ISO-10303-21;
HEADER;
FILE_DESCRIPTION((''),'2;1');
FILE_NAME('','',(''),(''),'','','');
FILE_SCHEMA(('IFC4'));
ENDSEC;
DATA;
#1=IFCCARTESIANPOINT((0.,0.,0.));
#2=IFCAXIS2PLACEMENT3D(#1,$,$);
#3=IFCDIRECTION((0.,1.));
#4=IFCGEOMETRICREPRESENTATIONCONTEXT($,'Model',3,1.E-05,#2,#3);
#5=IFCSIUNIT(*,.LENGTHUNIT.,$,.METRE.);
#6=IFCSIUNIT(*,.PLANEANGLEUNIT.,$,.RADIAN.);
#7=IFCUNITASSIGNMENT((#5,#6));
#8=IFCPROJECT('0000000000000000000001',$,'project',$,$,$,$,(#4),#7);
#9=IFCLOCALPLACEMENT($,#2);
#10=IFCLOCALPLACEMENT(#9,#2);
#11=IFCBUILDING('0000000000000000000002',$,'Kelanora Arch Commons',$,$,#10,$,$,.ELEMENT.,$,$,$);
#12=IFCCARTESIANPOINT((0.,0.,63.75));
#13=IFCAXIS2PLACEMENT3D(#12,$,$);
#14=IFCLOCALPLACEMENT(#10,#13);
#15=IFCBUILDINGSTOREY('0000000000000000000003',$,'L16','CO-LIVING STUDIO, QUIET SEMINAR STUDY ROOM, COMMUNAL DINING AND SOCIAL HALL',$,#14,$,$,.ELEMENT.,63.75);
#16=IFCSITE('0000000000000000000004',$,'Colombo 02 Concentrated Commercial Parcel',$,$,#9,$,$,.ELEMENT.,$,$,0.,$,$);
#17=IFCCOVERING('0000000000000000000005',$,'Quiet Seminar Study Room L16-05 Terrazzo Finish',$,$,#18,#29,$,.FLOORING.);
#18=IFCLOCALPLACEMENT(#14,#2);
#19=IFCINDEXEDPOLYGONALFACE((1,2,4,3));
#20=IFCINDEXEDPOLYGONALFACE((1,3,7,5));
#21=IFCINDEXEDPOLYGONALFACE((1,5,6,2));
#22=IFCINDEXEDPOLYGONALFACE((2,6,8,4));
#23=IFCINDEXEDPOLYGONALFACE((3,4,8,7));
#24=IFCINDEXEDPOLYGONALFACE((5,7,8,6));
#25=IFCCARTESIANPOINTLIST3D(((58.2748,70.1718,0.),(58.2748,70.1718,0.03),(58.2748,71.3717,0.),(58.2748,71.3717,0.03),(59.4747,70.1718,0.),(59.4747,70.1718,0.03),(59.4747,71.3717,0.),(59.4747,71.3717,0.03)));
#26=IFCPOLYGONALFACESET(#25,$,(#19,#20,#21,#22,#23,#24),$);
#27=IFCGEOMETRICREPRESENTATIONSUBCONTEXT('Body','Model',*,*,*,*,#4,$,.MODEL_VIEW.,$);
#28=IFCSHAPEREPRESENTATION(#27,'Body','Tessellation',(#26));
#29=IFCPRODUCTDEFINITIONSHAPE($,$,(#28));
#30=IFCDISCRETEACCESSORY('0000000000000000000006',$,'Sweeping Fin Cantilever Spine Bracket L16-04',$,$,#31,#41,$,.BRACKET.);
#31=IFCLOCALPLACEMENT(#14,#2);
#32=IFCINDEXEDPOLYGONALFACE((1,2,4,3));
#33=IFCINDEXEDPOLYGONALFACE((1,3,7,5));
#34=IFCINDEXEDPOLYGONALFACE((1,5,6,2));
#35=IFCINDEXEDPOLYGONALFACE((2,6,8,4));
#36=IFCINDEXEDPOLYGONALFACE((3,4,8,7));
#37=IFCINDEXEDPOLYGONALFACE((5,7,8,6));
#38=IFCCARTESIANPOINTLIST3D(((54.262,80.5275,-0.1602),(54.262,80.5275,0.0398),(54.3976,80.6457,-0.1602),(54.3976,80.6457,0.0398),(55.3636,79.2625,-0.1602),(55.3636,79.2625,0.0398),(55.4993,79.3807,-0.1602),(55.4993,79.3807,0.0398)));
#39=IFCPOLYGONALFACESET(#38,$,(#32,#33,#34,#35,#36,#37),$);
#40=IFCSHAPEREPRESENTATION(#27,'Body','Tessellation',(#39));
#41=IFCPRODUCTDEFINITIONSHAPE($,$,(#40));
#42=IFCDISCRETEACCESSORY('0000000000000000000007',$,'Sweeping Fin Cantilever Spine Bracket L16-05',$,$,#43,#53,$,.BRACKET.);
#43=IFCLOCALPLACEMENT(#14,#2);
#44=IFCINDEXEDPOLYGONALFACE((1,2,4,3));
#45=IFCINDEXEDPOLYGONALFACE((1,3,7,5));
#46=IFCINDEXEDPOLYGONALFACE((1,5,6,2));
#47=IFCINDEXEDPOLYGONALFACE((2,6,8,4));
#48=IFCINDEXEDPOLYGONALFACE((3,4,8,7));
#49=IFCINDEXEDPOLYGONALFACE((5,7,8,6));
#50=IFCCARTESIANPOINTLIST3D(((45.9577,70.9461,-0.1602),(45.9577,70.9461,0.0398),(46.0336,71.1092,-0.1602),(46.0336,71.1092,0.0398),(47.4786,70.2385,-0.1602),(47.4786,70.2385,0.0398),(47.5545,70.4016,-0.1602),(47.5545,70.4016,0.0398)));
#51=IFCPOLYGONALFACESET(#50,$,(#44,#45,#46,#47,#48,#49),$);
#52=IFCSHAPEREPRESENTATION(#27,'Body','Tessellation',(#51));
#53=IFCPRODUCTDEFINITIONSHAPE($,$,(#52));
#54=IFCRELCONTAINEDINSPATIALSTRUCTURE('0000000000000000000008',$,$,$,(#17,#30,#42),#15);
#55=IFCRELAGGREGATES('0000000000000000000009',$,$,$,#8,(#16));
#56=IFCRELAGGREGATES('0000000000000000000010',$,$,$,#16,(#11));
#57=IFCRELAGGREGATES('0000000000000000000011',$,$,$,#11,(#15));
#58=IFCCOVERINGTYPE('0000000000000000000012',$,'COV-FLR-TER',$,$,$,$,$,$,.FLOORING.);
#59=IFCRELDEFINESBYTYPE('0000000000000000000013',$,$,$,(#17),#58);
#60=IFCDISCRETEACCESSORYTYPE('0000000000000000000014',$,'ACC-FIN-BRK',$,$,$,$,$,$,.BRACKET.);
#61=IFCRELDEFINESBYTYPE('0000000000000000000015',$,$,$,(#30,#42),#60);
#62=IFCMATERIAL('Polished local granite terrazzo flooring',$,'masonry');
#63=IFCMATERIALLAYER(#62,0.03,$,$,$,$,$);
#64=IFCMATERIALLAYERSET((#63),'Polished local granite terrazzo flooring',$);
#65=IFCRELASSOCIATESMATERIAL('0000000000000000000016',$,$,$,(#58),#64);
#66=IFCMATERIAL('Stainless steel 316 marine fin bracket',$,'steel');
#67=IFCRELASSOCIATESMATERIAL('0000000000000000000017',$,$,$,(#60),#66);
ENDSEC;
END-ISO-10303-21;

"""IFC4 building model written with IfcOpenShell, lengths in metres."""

from ifc_helpers import new_model, si_unit, direction, frame, origin, origin_2d, place, context, subcontext, project, spatial, rectangle, extrude, source, transform, mapped, material, layer, layer_set, type_object, element, save


model = new_model("IFC4")

# Units and contexts
model_context = context("Model", 3, precision=1e-05, world=origin(), true_north=direction((0.0, 1.0)))
body_context = subcontext(model_context, "Body", "Model", "MODEL_VIEW")
ifc_project = project(units=[si_unit("LENGTHUNIT", "METRE"), si_unit("PLANEANGLEUNIT", "RADIAN")], contexts=[model_context])

# Site, building, storey
site_placement = place(None, origin())
site = spatial("IfcSite", under=ifc_project, at=site_placement, Name="Colombo 02 Concentrated Commercial Parcel", CompositionType="ELEMENT", RefElevation=0.0)
building_placement = place(site_placement, origin())
building = spatial("IfcBuilding", under=site, at=building_placement, Name="Kelanora Arch Commons", CompositionType="ELEMENT")
storey_placement = place(building_placement, frame((0.0, 0.0, 63.75)))
storey = spatial("IfcBuildingStorey", under=building, at=storey_placement, Name="L16", Description="CO-LIVING STUDIO, QUIET SEMINAR STUDY ROOM, COMMUNAL DINING AND SOCIAL HALL", CompositionType="ELEMENT", Elevation=63.75)

# Covering
ifc_material_1 = material(Name="Polished local granite terrazzo flooring", Category="masonry")
ifc_layer_1 = layer(ifc_material_1, 0.03)
ifc_layer_set_1 = layer_set([ifc_layer_1], Name="Polished local granite terrazzo flooring")
covering_type = type_object("IfcCoveringType", Name="COV-FLR-TER", PredefinedType="FLOORING", material=ifc_layer_set_1)
shared_shape_1 = source(origin(), body_context, "Body", "SweptSolid", [
    extrude(rectangle(XDim=1.2, YDim=1.2, at=origin_2d()), origin(), (0.0, 0.0, 1.0), 0.03),
])
covering_placement = place(storey_placement, frame((58.8748, 70.7717, 0.0), z_axis=(0.0, 0.0, 1.0), x_axis=(1.0, 0.0, 0.0)))
element("IfcCovering", 1, at=covering_placement, inside=storey, type_object=covering_type, Name="Quiet Seminar Study Room L16-05 Terrazzo Finish", PredefinedType="FLOORING", context=body_context, shape_type="MappedRepresentation", body=[
    mapped(shared_shape_1, transform((0.0, 0.0, 0.0), scale=1.0)),
])

# Discrete accessories
ifc_material_2 = material(Name="Stainless steel 316 marine fin bracket", Category="steel")
discrete_accessory_type = type_object("IfcDiscreteAccessoryType", Name="ACC-FIN-BRK", PredefinedType="BRACKET", material=ifc_material_2)
shared_shape_2 = source(origin(), body_context, "Body", "SweptSolid", [
    extrude(rectangle(XDim=1.6775, YDim=0.1799, at=origin_2d()), origin(), (0.0, 0.0, 1.0), 0.2),
])
for number, where, z_axis, x_axis, name in (
    (2, (54.8806, 79.9541, -0.1602), (0.0, 0.0, 1.0), (-0.656717, 0.754137, 0.0), "Sweeping Fin Cantilever Spine Bracket L16-04"),
    (3, (46.7561, 70.6738, -0.1602), (0.0, 0.0, 1.0), (-0.906676, 0.421827, 0.0), "Sweeping Fin Cantilever Spine Bracket L16-05"),
):
    element("IfcDiscreteAccessory", number, at=place(storey_placement, frame(where, z_axis=z_axis, x_axis=x_axis)), inside=storey, type_object=discrete_accessory_type, Name=name, PredefinedType="BRACKET", context=body_context, shape_type="MappedRepresentation", body=[
        mapped(shared_shape_2, transform((0.0, 0.0, 0.0), scale=1.0)),
    ])

save(model, "model.ifc")
